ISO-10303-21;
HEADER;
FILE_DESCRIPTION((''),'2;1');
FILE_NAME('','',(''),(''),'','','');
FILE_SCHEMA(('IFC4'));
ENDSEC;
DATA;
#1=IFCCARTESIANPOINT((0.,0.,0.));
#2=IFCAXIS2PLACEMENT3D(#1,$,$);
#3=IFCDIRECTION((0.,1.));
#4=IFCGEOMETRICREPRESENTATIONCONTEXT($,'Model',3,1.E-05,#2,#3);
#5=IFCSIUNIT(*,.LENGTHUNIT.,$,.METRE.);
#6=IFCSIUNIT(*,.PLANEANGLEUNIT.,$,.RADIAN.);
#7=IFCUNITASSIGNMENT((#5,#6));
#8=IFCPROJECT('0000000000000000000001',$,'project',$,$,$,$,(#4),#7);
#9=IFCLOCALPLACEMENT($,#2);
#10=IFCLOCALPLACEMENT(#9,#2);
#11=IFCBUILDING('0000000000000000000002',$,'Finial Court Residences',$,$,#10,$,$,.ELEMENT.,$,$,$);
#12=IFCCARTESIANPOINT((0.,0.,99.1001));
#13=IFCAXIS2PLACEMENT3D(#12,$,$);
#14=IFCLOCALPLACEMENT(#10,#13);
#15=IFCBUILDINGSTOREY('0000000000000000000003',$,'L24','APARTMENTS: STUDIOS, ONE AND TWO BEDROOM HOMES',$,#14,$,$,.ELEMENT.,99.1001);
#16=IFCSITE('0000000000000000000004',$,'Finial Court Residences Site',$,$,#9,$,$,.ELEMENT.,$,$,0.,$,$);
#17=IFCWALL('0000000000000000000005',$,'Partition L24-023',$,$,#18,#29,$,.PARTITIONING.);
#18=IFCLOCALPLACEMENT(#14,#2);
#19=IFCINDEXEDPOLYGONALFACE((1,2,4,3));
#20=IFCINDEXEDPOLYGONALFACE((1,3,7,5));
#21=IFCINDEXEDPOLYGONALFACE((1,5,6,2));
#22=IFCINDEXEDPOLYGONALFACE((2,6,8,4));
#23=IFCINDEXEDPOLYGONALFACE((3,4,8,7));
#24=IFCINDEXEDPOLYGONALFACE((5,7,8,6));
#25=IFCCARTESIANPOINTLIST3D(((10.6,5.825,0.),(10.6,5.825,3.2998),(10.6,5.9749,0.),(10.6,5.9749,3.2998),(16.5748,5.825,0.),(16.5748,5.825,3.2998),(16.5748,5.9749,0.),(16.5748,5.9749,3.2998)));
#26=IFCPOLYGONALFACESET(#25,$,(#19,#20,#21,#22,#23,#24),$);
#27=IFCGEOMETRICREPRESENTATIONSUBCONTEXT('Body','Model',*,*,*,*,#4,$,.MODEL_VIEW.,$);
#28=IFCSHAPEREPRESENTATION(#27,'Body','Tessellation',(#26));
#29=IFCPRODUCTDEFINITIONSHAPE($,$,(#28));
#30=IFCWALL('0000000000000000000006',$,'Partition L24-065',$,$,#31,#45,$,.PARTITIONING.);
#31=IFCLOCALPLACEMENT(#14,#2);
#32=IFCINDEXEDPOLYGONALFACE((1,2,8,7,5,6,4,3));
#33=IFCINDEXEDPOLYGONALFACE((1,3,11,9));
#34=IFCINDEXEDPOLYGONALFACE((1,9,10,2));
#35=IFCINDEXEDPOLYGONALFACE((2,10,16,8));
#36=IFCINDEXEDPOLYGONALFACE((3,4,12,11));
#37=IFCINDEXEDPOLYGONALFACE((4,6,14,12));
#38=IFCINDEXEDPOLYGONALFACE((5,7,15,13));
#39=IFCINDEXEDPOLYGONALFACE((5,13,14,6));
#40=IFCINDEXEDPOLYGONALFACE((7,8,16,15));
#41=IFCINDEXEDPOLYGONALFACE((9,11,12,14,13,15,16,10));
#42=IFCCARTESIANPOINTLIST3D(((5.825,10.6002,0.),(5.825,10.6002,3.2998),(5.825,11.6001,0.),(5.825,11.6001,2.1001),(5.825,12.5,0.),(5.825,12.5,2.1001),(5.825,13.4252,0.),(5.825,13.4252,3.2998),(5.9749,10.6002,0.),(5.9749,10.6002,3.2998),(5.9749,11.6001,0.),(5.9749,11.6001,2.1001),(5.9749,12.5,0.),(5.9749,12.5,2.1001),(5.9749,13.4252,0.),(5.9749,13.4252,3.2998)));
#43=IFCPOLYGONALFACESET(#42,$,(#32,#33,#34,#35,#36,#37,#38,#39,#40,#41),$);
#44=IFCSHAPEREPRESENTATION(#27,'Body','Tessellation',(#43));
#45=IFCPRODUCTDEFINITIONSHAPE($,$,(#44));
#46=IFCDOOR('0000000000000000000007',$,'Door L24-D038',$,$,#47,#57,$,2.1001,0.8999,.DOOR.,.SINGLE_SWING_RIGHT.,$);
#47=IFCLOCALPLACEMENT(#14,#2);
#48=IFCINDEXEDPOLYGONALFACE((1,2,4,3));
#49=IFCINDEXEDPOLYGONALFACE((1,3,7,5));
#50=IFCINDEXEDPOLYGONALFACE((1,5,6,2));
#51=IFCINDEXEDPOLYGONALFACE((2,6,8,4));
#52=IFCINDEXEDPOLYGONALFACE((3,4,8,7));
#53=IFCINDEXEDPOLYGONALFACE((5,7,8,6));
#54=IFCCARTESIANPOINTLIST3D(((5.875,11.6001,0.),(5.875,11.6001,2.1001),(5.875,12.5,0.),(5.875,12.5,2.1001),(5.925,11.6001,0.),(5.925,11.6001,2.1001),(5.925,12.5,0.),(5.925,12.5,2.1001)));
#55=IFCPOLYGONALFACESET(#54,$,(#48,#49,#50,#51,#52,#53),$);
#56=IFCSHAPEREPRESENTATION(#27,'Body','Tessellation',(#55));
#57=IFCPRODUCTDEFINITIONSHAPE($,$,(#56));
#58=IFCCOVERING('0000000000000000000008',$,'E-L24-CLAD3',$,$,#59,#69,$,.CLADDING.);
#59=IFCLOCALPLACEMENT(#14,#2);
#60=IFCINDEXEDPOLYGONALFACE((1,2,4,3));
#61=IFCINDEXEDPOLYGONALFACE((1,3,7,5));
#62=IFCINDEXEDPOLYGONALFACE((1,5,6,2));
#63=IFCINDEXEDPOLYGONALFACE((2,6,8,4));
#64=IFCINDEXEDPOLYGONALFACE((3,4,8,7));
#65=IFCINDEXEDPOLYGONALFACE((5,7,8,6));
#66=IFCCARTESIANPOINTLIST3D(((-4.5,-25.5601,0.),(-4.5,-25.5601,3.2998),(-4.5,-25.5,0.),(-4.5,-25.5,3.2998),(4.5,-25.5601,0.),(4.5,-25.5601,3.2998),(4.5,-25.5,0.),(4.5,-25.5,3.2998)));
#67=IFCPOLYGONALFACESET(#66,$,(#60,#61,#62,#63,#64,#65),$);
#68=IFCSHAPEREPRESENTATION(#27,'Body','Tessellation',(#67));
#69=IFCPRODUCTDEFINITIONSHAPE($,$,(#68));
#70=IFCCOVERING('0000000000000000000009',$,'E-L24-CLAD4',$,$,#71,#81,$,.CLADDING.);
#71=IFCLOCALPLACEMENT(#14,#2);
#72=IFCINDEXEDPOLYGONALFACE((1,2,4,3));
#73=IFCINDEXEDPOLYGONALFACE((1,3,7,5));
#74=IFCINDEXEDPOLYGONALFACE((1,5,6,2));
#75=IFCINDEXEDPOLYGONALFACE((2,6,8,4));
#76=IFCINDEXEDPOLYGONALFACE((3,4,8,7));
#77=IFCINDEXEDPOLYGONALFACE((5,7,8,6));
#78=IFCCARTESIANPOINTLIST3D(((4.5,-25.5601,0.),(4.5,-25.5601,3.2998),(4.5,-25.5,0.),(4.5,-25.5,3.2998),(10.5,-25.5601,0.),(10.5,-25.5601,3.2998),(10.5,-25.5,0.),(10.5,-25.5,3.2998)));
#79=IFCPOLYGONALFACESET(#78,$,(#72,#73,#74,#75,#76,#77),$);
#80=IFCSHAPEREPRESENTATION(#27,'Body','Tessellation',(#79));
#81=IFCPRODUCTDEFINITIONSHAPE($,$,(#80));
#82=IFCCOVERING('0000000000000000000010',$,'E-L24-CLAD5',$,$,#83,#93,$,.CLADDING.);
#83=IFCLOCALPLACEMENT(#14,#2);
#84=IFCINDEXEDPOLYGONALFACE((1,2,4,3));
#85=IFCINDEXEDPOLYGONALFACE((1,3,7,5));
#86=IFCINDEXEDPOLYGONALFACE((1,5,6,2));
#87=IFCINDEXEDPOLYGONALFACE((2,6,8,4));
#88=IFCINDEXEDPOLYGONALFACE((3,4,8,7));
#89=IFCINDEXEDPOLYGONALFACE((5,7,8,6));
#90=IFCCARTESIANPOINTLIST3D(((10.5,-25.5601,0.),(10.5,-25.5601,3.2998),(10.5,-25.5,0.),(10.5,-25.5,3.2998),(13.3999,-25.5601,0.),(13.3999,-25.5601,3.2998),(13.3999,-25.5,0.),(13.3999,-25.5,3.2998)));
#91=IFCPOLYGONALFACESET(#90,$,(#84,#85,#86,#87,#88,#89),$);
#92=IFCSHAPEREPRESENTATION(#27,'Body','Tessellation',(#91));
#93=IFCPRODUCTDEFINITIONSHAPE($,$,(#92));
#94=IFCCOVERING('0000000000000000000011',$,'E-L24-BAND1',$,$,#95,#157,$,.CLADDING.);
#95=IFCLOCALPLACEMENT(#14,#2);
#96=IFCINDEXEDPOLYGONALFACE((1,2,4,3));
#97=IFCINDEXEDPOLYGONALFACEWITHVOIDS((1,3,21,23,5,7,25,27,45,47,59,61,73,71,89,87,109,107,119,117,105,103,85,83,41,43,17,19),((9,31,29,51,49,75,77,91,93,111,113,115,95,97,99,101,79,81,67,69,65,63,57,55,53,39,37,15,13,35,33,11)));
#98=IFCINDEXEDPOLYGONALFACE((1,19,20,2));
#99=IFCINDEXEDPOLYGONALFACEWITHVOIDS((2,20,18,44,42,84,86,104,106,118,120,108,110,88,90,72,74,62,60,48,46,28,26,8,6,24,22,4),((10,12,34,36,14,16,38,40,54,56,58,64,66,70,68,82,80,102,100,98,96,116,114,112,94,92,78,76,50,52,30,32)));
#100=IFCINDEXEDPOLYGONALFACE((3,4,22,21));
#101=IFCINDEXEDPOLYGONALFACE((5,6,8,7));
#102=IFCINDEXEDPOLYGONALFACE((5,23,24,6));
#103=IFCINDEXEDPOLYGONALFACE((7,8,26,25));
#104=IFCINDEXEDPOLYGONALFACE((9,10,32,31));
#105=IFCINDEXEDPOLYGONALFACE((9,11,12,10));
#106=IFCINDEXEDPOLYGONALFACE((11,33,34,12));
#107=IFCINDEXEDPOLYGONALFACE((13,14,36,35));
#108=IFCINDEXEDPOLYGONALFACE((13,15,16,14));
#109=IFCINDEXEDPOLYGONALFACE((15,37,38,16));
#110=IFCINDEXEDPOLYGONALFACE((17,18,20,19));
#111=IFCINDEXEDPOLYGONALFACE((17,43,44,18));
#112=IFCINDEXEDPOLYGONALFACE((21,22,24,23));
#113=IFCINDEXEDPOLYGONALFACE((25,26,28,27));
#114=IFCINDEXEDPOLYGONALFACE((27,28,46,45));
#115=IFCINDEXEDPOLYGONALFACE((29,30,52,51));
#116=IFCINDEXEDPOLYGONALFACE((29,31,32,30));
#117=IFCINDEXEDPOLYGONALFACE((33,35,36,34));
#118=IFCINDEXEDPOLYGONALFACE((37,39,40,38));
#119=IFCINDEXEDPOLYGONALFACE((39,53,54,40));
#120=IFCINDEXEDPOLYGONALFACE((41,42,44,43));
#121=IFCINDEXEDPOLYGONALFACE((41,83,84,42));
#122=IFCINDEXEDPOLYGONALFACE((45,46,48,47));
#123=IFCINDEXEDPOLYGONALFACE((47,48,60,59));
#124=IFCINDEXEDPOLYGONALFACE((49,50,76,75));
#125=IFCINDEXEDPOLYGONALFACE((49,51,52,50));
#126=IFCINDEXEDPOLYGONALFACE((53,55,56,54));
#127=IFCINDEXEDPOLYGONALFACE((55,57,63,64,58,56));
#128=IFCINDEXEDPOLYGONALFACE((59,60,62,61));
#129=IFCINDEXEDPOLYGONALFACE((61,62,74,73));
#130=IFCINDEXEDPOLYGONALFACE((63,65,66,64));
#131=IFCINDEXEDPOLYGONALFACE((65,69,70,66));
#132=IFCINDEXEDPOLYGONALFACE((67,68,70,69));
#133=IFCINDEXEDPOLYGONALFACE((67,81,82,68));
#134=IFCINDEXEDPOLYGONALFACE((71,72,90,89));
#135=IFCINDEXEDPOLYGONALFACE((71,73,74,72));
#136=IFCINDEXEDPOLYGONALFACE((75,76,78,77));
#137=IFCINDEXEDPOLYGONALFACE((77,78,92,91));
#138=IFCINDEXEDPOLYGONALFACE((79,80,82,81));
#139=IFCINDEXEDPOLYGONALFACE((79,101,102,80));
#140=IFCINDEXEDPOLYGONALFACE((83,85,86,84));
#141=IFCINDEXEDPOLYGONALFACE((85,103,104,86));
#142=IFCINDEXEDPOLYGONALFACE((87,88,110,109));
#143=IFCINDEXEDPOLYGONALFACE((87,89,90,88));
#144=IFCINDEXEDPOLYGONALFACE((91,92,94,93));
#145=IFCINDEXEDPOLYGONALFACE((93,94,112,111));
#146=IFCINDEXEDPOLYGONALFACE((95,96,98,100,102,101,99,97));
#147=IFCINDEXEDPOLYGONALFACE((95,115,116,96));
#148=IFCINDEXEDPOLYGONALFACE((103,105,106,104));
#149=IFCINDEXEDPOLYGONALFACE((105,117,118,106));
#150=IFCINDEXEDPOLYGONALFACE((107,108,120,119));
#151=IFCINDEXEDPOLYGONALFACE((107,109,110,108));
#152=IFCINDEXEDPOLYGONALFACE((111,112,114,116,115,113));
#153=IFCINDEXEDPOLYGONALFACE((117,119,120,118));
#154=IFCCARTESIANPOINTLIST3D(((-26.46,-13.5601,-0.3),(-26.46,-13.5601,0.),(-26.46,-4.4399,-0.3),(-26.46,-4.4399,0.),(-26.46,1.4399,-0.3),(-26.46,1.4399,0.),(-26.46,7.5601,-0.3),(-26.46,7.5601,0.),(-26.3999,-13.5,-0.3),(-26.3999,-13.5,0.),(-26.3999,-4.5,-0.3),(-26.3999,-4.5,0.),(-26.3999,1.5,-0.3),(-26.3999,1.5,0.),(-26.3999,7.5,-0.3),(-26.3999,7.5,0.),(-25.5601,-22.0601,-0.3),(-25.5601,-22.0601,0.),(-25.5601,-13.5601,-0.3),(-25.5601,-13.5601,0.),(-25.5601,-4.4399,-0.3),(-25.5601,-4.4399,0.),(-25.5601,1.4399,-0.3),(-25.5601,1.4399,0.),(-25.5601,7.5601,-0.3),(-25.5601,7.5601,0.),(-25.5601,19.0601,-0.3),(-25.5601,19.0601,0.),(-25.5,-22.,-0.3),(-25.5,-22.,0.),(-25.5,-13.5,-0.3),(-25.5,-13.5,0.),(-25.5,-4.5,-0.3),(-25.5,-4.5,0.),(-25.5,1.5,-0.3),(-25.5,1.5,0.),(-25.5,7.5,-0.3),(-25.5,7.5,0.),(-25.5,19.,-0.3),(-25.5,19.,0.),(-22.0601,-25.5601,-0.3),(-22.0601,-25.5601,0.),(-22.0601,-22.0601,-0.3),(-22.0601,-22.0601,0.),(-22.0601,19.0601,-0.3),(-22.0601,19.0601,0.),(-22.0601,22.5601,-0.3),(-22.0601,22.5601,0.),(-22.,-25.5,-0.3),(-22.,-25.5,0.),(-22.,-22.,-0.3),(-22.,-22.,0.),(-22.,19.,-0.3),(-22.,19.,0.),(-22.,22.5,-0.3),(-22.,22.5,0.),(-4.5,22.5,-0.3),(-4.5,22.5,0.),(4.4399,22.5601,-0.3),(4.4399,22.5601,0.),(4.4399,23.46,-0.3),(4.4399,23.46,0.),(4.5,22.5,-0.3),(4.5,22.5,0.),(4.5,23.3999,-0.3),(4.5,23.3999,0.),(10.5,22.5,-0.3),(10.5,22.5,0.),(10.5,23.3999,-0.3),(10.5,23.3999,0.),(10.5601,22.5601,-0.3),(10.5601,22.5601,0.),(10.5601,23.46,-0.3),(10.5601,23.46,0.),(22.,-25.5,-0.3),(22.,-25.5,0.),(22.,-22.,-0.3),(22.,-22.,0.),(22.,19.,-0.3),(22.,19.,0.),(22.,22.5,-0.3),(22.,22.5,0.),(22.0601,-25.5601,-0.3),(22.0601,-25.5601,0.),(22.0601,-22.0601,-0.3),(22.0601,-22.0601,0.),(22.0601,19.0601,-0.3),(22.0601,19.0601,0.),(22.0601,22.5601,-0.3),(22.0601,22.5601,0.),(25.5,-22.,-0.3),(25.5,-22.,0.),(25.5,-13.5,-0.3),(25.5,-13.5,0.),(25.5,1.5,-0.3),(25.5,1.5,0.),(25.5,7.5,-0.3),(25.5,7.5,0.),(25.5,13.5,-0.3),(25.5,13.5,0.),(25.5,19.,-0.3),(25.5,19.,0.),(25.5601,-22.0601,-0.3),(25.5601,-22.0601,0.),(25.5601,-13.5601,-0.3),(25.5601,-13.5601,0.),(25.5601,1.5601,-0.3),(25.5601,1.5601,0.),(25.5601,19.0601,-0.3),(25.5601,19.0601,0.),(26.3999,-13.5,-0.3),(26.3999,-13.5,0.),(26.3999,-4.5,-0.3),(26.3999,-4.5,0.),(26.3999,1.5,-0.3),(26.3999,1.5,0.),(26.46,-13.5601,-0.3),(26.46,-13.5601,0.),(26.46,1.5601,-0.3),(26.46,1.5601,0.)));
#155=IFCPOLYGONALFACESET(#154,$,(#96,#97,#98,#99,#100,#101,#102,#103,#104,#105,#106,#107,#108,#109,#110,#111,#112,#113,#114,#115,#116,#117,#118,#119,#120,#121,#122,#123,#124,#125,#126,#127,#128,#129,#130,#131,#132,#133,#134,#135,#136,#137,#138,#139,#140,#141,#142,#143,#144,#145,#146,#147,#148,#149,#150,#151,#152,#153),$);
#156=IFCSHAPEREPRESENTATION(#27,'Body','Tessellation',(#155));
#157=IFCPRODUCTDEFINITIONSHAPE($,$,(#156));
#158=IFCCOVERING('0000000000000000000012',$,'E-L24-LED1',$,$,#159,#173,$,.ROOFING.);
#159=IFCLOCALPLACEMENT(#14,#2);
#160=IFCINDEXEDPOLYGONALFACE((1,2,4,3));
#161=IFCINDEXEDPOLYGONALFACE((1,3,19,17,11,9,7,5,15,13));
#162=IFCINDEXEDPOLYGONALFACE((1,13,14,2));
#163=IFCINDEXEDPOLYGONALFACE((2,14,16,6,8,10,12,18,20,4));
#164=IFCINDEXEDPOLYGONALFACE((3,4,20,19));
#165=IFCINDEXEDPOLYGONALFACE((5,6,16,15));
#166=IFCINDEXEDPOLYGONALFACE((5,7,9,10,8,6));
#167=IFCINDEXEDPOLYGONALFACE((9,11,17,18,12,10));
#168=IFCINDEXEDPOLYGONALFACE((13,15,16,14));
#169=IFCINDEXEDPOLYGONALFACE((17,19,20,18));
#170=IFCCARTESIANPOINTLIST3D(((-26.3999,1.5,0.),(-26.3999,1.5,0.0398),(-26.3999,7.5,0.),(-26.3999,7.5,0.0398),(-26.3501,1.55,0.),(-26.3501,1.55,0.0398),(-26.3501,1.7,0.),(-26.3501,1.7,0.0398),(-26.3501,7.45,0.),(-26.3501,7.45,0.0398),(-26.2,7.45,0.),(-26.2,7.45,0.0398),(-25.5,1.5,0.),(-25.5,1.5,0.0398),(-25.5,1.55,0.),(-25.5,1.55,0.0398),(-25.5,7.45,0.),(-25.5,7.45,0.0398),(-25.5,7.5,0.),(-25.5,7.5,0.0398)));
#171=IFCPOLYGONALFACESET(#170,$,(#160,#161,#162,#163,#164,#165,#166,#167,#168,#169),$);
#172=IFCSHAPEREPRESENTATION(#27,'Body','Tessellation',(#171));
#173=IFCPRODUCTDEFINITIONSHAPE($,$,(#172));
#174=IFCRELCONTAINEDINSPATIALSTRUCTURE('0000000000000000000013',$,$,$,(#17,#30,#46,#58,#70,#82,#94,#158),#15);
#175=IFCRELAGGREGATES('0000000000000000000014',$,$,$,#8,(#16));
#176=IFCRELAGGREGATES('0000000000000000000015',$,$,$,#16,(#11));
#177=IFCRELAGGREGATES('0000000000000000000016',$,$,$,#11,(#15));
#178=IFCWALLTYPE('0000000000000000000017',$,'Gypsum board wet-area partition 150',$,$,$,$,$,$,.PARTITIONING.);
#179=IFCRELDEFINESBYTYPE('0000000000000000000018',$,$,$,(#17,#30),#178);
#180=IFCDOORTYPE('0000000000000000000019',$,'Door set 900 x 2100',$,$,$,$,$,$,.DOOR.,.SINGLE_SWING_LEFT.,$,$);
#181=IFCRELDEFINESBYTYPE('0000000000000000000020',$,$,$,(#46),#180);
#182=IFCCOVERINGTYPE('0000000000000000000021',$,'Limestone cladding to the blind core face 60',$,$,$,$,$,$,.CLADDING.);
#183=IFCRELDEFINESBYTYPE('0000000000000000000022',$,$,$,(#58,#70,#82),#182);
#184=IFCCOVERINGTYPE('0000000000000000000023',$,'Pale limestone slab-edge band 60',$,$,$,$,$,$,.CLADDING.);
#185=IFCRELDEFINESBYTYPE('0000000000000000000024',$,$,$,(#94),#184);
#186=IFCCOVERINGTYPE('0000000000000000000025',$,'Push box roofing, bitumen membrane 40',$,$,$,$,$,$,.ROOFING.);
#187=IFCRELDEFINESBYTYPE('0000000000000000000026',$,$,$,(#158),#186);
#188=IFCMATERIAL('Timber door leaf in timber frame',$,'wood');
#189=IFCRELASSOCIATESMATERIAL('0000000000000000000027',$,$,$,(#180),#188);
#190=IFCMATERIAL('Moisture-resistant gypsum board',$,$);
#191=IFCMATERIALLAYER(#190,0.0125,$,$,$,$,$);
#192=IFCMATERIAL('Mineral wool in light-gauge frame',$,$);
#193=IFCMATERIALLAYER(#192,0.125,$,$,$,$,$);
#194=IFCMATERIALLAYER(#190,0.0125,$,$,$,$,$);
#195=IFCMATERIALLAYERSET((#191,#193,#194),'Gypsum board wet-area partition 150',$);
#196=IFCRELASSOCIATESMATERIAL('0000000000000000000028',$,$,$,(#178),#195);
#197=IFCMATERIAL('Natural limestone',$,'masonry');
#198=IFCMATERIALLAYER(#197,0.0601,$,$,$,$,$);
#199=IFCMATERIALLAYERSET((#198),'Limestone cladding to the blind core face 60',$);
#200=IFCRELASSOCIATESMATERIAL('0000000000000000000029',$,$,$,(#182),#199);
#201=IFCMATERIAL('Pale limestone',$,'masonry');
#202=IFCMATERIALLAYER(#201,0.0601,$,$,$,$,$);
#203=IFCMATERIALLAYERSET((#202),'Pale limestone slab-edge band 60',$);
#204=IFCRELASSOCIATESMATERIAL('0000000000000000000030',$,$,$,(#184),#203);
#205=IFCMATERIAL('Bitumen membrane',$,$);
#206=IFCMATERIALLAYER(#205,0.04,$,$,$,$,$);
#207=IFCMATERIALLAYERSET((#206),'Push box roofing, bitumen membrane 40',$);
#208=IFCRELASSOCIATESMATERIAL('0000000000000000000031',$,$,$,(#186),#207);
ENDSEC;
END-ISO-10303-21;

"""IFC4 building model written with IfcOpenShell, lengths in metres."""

from ifc_helpers import new_model, si_unit, direction, frame, frame_2d, origin, place, context, subcontext, project, spatial, polyline, rectangle, outline, extrude, material, layer, layer_set, type_object, element, fill, save


model = new_model("IFC4")

# Units and contexts
model_context = context("Model", 3, precision=1e-05, world=origin(), true_north=direction((0.0, 1.0)))
body_context = subcontext(model_context, "Body", "Model", "MODEL_VIEW")
ifc_project = project(units=[si_unit("LENGTHUNIT", "METRE"), si_unit("PLANEANGLEUNIT", "RADIAN")], contexts=[model_context])

# Site, building, storey
site_placement = place(None, origin())
site = spatial("IfcSite", under=ifc_project, at=site_placement, Name="Finial Court Residences Site", CompositionType="ELEMENT", RefElevation=0.0)
building_placement = place(site_placement, origin())
building = spatial("IfcBuilding", under=site, at=building_placement, Name="Finial Court Residences", CompositionType="ELEMENT")
storey_placement = place(building_placement, frame((0.0, 0.0, 99.1001)))
storey = spatial("IfcBuildingStorey", under=building, at=storey_placement, Name="L24", Description="APARTMENTS: STUDIOS, ONE AND TWO BEDROOM HOMES", CompositionType="ELEMENT", Elevation=99.1001)

# Shared definitions
ifc_material_1 = material(Name="Mineral wool in light-gauge frame")

# Shared definitions
ifc_material_2 = material(Name="Timber door leaf in timber frame", Category="wood")
door_type = type_object("IfcDoorType", Name="Door set 900 x 2100", OperationType="SINGLE_SWING_LEFT", PredefinedType="DOOR", material=ifc_material_2)

# Wall
ifc_material_3 = material(Name="Moisture-resistant gypsum board")
ifc_layer_1 = layer(ifc_material_3, 0.0125)
ifc_layer_2 = layer(ifc_material_1, 0.125)
ifc_layer_3 = layer(ifc_material_3, 0.0125)
ifc_layer_set_1 = layer_set([ifc_layer_1, ifc_layer_2, ifc_layer_3], Name="Gypsum board wet-area partition 150")
wall_type_1 = type_object("IfcWallType", Name="Gypsum board wet-area partition 150", PredefinedType="PARTITIONING", material=ifc_layer_set_1)
wall_1_placement = place(storey_placement, frame((10.6001, 5.8999, 0.0), z_axis=(0.0, 0.0, 1.0), x_axis=(1.0, 0.0, 0.0)))
element("IfcWall", 1, at=wall_1_placement, inside=storey, type_object=wall_type_1, Name="Partition L24-023", PredefinedType="PARTITIONING", context=body_context, shape_type="SweptSolid", body=[
    extrude(rectangle(XDim=5.9749, YDim=0.1499, at=frame_2d((2.9873, 0.0))), origin(), (0.0, 0.0, 1.0), 3.2998),
])

# Wall, opening, door
wall_2_placement = place(storey_placement, frame((5.8999, 10.6001, 0.0), z_axis=(0.0, 0.0, 1.0), x_axis=(0.0, 1.0, 0.0)))
wall_2 = element("IfcWall", 2, at=wall_2_placement, inside=storey, type_object=wall_type_1, Name="Partition L24-065", PredefinedType="PARTITIONING", context=body_context, shape_type="SweptSolid", body=[
    extrude(rectangle(XDim=2.825, YDim=0.1499, at=frame_2d((1.4126, 0.0))), origin(), (0.0, 0.0, 1.0), 3.2998),
])
opening_1_placement = place(wall_2_placement, frame((1.0, 0.0, 0.0)))
opening_1 = element("IfcOpeningElement", 3, at=opening_1_placement, cuts=wall_2, PredefinedType="OPENING", context=body_context, shape_type="SweptSolid", body=[
    extrude(rectangle(XDim=0.8999, YDim=2.1001, at=frame_2d((0.45, 1.05))), frame((0.0, 0.085, 0.0), z_axis=(0.0, -1.0, 0.0), x_axis=(1.0, 0.0, 0.0)), (0.0, 0.0, 1.0), 0.1699),
])
door_1_placement = place(opening_1_placement, origin())
door_1 = element("IfcDoor", 4, at=door_1_placement, inside=storey, type_object=door_type, Name="Door L24-D038", OperationType="SINGLE_SWING_RIGHT", OverallHeight=2.1001, OverallWidth=0.8999, PredefinedType="DOOR", context=body_context, shape_type="SweptSolid", body=[
    extrude(rectangle(XDim=0.8999, YDim=2.1001, at=frame_2d((0.45, 1.05))), frame((0.0, 0.0249, 0.0), z_axis=(0.0, -1.0, 0.0), x_axis=(1.0, 0.0, 0.0)), (0.0, 0.0, 1.0), 0.05),
])
fill(opening_1, door_1)

# Coverings
ifc_material_4 = material(Name="Natural limestone", Category="masonry")
ifc_layer_4 = layer(ifc_material_4, 0.0601)
ifc_layer_set_2 = layer_set([ifc_layer_4], Name="Limestone cladding to the blind core face 60")
covering_type_1 = type_object("IfcCoveringType", Name="Limestone cladding to the blind core face 60", PredefinedType="CLADDING", material=ifc_layer_set_2)
covering_1_placement = place(storey_placement, origin())
element("IfcCovering", 5, at=covering_1_placement, inside=storey, type_object=covering_type_1, Name="E-L24-CLAD3", PredefinedType="CLADDING", context=body_context, shape_type="SweptSolid", body=[
    extrude(outline(polyline([(4.5, -25.5601), (4.5, -25.5), (-4.5, -25.5), (-4.5, -25.5601), (4.5, -25.5601)])), origin(), (0.0, 0.0, 1.0), 3.2998),
])
covering_2_placement = place(storey_placement, origin())
element("IfcCovering", 6, at=covering_2_placement, inside=storey, type_object=covering_type_1, Name="E-L24-CLAD4", PredefinedType="CLADDING", context=body_context, shape_type="SweptSolid", body=[
    extrude(outline(polyline([(10.5, -25.5601), (10.5, -25.5), (4.5, -25.5), (4.5, -25.5601), (10.5, -25.5601)])), origin(), (0.0, 0.0, 1.0), 3.2998),
])
covering_3_placement = place(storey_placement, origin())
element("IfcCovering", 7, at=covering_3_placement, inside=storey, type_object=covering_type_1, Name="E-L24-CLAD5", PredefinedType="CLADDING", context=body_context, shape_type="SweptSolid", body=[
    extrude(outline(polyline([(13.3999, -25.5601), (13.3999, -25.5), (10.5, -25.5), (10.5, -25.5601), (13.3999, -25.5601)])), origin(), (0.0, 0.0, 1.0), 3.2998),
])
ifc_material_5 = material(Name="Pale limestone", Category="masonry")
ifc_layer_5 = layer(ifc_material_5, 0.0601)
ifc_layer_set_3 = layer_set([ifc_layer_5], Name="Pale limestone slab-edge band 60")
covering_type_2 = type_object("IfcCoveringType", Name="Pale limestone slab-edge band 60", PredefinedType="CLADDING", material=ifc_layer_set_3)
covering_4_placement = place(storey_placement, frame((0.0, 0.0, -0.3)))
element("IfcCovering", 8, at=covering_4_placement, inside=storey, type_object=covering_type_2, Name="E-L24-BAND1", PredefinedType="CLADDING", context=body_context, shape_type="SweptSolid", body=[
    extrude(outline(polyline([(22.0601, -22.0601), (22.0601, -25.5601), (-22.0601, -25.5601), (-22.0601, -22.0601), (-25.5601, -22.0601), (-25.5601, -13.5601), (-26.46, -13.5601), (-26.46, -4.4399), (-25.5601, -4.4399), (-25.5601, 1.4399), (-26.46, 1.4399), (-26.46, 7.5601), (-25.5601, 7.5601), (-25.5601, 19.0601), (-22.0601, 19.0601), (-22.0601, 22.5601), (4.4399, 22.5601), (4.4399, 23.46), (10.5601, 23.46), (10.5601, 22.5601), (22.0601, 22.5601), (22.0601, 19.0601), (25.5601, 19.0601), (25.5601, 1.5601), (26.46, 1.5601), (26.46, -13.5601), (25.5601, -13.5601), (25.5601, -22.0601), (22.0601, -22.0601)]), holes=[polyline([(25.5, -13.5), (26.3999, -13.5), (26.3999, -4.5), (26.3999, 1.5), (25.5, 1.5), (25.5, 7.5), (25.5, 13.5), (25.5, 19.0), (22.0, 19.0), (22.0, 22.5), (10.5, 22.5), (10.5, 23.3999), (4.5, 23.3999), (4.5, 22.5), (-4.5, 22.5), (-22.0, 22.5), (-22.0, 19.0), (-25.5, 19.0), (-25.5, 7.5), (-26.3999, 7.5), (-26.3999, 1.5), (-25.5, 1.5), (-25.5, -4.5), (-26.3999, -4.5), (-26.3999, -13.5), (-25.5, -13.5), (-25.5, -22.0), (-22.0, -22.0), (-22.0, -25.5), (22.0, -25.5), (22.0, -22.0), (25.5, -22.0), (25.5, -13.5)])]), origin(), (0.0, 0.0, 1.0), 0.3),
])
ifc_material_6 = material(Name="Bitumen membrane")
ifc_layer_6 = layer(ifc_material_6, 0.04)
ifc_layer_set_4 = layer_set([ifc_layer_6], Name="Push box roofing, bitumen membrane 40")
covering_type_3 = type_object("IfcCoveringType", Name="Push box roofing, bitumen membrane 40", PredefinedType="ROOFING", material=ifc_layer_set_4)
covering_5_placement = place(storey_placement, origin())
element("IfcCovering", 9, at=covering_5_placement, inside=storey, type_object=covering_type_3, Name="E-L24-LED1", PredefinedType="ROOFING", context=body_context, shape_type="SweptSolid", body=[
    extrude(outline(polyline([(-25.5, 7.45), (-26.2, 7.45), (-26.3501, 7.45), (-26.3501, 1.7), (-26.3501, 1.7), (-26.3501, 1.55), (-25.5, 1.55), (-25.5, 1.5), (-26.3999, 1.5), (-26.3999, 7.5), (-25.5, 7.5), (-25.5, 7.45)])), origin(), (0.0, 0.0, 1.0), 0.0398),
])

save(model, "model.ifc")
